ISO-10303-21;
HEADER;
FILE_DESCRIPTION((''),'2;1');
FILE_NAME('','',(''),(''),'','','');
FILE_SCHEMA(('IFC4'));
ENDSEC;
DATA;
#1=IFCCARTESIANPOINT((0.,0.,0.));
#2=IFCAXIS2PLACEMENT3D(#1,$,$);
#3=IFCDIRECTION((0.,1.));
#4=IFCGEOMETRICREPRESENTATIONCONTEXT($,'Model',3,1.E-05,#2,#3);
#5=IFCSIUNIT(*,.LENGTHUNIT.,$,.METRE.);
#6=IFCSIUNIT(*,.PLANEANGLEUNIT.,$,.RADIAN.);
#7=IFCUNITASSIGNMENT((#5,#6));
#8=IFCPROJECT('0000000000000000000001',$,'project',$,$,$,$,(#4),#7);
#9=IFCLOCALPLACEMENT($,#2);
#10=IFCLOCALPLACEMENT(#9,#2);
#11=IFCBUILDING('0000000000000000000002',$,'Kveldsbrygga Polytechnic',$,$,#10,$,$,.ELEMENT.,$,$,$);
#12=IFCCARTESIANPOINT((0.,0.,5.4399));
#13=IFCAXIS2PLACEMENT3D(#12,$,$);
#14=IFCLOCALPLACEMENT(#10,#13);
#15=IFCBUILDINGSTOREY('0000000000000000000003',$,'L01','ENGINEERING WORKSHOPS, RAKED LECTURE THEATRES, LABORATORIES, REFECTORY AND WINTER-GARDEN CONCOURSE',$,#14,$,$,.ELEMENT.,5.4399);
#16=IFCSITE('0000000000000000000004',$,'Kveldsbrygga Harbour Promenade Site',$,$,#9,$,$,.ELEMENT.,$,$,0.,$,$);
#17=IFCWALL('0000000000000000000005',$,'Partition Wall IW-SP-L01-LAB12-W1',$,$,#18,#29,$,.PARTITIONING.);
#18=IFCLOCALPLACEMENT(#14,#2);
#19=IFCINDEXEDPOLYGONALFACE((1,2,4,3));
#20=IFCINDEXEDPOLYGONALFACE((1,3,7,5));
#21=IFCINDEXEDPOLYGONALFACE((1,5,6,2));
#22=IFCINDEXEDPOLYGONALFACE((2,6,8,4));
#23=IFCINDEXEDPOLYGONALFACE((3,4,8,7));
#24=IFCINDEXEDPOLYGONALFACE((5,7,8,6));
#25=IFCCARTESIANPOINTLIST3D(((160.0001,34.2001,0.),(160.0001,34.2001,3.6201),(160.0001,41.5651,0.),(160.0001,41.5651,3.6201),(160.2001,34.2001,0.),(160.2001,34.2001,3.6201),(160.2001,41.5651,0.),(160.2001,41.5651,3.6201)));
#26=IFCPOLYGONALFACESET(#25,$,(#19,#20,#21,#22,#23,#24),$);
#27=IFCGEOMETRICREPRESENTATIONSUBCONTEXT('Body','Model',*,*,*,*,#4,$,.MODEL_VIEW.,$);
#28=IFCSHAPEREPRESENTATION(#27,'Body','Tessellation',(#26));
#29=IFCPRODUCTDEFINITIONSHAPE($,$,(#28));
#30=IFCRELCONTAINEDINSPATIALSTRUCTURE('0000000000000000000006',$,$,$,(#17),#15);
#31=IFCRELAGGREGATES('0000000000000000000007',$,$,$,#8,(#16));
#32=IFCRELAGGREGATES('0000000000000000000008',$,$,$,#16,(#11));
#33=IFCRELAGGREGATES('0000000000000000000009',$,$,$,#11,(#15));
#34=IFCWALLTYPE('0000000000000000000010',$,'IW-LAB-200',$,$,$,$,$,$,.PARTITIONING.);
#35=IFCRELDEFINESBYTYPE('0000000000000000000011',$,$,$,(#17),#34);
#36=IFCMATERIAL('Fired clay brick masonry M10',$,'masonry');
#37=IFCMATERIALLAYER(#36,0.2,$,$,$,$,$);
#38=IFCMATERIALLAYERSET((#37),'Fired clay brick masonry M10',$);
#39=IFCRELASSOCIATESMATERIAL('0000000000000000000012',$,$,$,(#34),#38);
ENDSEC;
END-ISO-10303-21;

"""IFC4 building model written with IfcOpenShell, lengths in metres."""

from ifc_helpers import new_model, si_unit, direction, frame, frame_2d, origin, place, context, subcontext, project, spatial, rectangle, extrude, material, layer, layer_set, type_object, element, save


model = new_model("IFC4")

# Units and contexts
model_context = context("Model", 3, precision=1e-05, world=origin(), true_north=direction((0.0, 1.0)))
body_context = subcontext(model_context, "Body", "Model", "MODEL_VIEW")
ifc_project = project(units=[si_unit("LENGTHUNIT", "METRE"), si_unit("PLANEANGLEUNIT", "RADIAN")], contexts=[model_context])

# Site, building, storey
site_placement = place(None, origin())
site = spatial("IfcSite", under=ifc_project, at=site_placement, Name="Kveldsbrygga Harbour Promenade Site", CompositionType="ELEMENT", RefElevation=0.0)
building_placement = place(site_placement, origin())
building = spatial("IfcBuilding", under=site, at=building_placement, Name="Kveldsbrygga Polytechnic", CompositionType="ELEMENT")
storey_placement = place(building_placement, frame((0.0, 0.0, 5.4399)))
storey = spatial("IfcBuildingStorey", under=building, at=storey_placement, Name="L01", Description="ENGINEERING WORKSHOPS, RAKED LECTURE THEATRES, LABORATORIES, REFECTORY AND WINTER-GARDEN CONCOURSE", CompositionType="ELEMENT", Elevation=5.4399)

# Shared definitions
ifc_material_1 = material(Name="Fired clay brick masonry M10", Category="masonry")

# Wall
ifc_layer_1 = layer(ifc_material_1, 0.2)
ifc_layer_set_1 = layer_set([ifc_layer_1], Name="Fired clay brick masonry M10")
wall_type_1 = type_object("IfcWallType", Name="IW-LAB-200", PredefinedType="PARTITIONING", material=ifc_layer_set_1)
wall_1_placement = place(storey_placement, frame((160.1001, 34.2, 0.0), z_axis=(0.0, 0.0, 1.0), x_axis=(0.0, 1.0, 0.0)))
element("IfcWall", 1, at=wall_1_placement, inside=storey, type_object=wall_type_1, Name="Partition Wall IW-SP-L01-LAB12-W1", PredefinedType="PARTITIONING", context=body_context, shape_type="SweptSolid", body=[
    extrude(rectangle(XDim=7.365, YDim=0.2, at=frame_2d((3.6826, 0.0))), origin(), (0.0, 0.0, 1.0), 3.6201),
])

save(model, "model.ifc")
